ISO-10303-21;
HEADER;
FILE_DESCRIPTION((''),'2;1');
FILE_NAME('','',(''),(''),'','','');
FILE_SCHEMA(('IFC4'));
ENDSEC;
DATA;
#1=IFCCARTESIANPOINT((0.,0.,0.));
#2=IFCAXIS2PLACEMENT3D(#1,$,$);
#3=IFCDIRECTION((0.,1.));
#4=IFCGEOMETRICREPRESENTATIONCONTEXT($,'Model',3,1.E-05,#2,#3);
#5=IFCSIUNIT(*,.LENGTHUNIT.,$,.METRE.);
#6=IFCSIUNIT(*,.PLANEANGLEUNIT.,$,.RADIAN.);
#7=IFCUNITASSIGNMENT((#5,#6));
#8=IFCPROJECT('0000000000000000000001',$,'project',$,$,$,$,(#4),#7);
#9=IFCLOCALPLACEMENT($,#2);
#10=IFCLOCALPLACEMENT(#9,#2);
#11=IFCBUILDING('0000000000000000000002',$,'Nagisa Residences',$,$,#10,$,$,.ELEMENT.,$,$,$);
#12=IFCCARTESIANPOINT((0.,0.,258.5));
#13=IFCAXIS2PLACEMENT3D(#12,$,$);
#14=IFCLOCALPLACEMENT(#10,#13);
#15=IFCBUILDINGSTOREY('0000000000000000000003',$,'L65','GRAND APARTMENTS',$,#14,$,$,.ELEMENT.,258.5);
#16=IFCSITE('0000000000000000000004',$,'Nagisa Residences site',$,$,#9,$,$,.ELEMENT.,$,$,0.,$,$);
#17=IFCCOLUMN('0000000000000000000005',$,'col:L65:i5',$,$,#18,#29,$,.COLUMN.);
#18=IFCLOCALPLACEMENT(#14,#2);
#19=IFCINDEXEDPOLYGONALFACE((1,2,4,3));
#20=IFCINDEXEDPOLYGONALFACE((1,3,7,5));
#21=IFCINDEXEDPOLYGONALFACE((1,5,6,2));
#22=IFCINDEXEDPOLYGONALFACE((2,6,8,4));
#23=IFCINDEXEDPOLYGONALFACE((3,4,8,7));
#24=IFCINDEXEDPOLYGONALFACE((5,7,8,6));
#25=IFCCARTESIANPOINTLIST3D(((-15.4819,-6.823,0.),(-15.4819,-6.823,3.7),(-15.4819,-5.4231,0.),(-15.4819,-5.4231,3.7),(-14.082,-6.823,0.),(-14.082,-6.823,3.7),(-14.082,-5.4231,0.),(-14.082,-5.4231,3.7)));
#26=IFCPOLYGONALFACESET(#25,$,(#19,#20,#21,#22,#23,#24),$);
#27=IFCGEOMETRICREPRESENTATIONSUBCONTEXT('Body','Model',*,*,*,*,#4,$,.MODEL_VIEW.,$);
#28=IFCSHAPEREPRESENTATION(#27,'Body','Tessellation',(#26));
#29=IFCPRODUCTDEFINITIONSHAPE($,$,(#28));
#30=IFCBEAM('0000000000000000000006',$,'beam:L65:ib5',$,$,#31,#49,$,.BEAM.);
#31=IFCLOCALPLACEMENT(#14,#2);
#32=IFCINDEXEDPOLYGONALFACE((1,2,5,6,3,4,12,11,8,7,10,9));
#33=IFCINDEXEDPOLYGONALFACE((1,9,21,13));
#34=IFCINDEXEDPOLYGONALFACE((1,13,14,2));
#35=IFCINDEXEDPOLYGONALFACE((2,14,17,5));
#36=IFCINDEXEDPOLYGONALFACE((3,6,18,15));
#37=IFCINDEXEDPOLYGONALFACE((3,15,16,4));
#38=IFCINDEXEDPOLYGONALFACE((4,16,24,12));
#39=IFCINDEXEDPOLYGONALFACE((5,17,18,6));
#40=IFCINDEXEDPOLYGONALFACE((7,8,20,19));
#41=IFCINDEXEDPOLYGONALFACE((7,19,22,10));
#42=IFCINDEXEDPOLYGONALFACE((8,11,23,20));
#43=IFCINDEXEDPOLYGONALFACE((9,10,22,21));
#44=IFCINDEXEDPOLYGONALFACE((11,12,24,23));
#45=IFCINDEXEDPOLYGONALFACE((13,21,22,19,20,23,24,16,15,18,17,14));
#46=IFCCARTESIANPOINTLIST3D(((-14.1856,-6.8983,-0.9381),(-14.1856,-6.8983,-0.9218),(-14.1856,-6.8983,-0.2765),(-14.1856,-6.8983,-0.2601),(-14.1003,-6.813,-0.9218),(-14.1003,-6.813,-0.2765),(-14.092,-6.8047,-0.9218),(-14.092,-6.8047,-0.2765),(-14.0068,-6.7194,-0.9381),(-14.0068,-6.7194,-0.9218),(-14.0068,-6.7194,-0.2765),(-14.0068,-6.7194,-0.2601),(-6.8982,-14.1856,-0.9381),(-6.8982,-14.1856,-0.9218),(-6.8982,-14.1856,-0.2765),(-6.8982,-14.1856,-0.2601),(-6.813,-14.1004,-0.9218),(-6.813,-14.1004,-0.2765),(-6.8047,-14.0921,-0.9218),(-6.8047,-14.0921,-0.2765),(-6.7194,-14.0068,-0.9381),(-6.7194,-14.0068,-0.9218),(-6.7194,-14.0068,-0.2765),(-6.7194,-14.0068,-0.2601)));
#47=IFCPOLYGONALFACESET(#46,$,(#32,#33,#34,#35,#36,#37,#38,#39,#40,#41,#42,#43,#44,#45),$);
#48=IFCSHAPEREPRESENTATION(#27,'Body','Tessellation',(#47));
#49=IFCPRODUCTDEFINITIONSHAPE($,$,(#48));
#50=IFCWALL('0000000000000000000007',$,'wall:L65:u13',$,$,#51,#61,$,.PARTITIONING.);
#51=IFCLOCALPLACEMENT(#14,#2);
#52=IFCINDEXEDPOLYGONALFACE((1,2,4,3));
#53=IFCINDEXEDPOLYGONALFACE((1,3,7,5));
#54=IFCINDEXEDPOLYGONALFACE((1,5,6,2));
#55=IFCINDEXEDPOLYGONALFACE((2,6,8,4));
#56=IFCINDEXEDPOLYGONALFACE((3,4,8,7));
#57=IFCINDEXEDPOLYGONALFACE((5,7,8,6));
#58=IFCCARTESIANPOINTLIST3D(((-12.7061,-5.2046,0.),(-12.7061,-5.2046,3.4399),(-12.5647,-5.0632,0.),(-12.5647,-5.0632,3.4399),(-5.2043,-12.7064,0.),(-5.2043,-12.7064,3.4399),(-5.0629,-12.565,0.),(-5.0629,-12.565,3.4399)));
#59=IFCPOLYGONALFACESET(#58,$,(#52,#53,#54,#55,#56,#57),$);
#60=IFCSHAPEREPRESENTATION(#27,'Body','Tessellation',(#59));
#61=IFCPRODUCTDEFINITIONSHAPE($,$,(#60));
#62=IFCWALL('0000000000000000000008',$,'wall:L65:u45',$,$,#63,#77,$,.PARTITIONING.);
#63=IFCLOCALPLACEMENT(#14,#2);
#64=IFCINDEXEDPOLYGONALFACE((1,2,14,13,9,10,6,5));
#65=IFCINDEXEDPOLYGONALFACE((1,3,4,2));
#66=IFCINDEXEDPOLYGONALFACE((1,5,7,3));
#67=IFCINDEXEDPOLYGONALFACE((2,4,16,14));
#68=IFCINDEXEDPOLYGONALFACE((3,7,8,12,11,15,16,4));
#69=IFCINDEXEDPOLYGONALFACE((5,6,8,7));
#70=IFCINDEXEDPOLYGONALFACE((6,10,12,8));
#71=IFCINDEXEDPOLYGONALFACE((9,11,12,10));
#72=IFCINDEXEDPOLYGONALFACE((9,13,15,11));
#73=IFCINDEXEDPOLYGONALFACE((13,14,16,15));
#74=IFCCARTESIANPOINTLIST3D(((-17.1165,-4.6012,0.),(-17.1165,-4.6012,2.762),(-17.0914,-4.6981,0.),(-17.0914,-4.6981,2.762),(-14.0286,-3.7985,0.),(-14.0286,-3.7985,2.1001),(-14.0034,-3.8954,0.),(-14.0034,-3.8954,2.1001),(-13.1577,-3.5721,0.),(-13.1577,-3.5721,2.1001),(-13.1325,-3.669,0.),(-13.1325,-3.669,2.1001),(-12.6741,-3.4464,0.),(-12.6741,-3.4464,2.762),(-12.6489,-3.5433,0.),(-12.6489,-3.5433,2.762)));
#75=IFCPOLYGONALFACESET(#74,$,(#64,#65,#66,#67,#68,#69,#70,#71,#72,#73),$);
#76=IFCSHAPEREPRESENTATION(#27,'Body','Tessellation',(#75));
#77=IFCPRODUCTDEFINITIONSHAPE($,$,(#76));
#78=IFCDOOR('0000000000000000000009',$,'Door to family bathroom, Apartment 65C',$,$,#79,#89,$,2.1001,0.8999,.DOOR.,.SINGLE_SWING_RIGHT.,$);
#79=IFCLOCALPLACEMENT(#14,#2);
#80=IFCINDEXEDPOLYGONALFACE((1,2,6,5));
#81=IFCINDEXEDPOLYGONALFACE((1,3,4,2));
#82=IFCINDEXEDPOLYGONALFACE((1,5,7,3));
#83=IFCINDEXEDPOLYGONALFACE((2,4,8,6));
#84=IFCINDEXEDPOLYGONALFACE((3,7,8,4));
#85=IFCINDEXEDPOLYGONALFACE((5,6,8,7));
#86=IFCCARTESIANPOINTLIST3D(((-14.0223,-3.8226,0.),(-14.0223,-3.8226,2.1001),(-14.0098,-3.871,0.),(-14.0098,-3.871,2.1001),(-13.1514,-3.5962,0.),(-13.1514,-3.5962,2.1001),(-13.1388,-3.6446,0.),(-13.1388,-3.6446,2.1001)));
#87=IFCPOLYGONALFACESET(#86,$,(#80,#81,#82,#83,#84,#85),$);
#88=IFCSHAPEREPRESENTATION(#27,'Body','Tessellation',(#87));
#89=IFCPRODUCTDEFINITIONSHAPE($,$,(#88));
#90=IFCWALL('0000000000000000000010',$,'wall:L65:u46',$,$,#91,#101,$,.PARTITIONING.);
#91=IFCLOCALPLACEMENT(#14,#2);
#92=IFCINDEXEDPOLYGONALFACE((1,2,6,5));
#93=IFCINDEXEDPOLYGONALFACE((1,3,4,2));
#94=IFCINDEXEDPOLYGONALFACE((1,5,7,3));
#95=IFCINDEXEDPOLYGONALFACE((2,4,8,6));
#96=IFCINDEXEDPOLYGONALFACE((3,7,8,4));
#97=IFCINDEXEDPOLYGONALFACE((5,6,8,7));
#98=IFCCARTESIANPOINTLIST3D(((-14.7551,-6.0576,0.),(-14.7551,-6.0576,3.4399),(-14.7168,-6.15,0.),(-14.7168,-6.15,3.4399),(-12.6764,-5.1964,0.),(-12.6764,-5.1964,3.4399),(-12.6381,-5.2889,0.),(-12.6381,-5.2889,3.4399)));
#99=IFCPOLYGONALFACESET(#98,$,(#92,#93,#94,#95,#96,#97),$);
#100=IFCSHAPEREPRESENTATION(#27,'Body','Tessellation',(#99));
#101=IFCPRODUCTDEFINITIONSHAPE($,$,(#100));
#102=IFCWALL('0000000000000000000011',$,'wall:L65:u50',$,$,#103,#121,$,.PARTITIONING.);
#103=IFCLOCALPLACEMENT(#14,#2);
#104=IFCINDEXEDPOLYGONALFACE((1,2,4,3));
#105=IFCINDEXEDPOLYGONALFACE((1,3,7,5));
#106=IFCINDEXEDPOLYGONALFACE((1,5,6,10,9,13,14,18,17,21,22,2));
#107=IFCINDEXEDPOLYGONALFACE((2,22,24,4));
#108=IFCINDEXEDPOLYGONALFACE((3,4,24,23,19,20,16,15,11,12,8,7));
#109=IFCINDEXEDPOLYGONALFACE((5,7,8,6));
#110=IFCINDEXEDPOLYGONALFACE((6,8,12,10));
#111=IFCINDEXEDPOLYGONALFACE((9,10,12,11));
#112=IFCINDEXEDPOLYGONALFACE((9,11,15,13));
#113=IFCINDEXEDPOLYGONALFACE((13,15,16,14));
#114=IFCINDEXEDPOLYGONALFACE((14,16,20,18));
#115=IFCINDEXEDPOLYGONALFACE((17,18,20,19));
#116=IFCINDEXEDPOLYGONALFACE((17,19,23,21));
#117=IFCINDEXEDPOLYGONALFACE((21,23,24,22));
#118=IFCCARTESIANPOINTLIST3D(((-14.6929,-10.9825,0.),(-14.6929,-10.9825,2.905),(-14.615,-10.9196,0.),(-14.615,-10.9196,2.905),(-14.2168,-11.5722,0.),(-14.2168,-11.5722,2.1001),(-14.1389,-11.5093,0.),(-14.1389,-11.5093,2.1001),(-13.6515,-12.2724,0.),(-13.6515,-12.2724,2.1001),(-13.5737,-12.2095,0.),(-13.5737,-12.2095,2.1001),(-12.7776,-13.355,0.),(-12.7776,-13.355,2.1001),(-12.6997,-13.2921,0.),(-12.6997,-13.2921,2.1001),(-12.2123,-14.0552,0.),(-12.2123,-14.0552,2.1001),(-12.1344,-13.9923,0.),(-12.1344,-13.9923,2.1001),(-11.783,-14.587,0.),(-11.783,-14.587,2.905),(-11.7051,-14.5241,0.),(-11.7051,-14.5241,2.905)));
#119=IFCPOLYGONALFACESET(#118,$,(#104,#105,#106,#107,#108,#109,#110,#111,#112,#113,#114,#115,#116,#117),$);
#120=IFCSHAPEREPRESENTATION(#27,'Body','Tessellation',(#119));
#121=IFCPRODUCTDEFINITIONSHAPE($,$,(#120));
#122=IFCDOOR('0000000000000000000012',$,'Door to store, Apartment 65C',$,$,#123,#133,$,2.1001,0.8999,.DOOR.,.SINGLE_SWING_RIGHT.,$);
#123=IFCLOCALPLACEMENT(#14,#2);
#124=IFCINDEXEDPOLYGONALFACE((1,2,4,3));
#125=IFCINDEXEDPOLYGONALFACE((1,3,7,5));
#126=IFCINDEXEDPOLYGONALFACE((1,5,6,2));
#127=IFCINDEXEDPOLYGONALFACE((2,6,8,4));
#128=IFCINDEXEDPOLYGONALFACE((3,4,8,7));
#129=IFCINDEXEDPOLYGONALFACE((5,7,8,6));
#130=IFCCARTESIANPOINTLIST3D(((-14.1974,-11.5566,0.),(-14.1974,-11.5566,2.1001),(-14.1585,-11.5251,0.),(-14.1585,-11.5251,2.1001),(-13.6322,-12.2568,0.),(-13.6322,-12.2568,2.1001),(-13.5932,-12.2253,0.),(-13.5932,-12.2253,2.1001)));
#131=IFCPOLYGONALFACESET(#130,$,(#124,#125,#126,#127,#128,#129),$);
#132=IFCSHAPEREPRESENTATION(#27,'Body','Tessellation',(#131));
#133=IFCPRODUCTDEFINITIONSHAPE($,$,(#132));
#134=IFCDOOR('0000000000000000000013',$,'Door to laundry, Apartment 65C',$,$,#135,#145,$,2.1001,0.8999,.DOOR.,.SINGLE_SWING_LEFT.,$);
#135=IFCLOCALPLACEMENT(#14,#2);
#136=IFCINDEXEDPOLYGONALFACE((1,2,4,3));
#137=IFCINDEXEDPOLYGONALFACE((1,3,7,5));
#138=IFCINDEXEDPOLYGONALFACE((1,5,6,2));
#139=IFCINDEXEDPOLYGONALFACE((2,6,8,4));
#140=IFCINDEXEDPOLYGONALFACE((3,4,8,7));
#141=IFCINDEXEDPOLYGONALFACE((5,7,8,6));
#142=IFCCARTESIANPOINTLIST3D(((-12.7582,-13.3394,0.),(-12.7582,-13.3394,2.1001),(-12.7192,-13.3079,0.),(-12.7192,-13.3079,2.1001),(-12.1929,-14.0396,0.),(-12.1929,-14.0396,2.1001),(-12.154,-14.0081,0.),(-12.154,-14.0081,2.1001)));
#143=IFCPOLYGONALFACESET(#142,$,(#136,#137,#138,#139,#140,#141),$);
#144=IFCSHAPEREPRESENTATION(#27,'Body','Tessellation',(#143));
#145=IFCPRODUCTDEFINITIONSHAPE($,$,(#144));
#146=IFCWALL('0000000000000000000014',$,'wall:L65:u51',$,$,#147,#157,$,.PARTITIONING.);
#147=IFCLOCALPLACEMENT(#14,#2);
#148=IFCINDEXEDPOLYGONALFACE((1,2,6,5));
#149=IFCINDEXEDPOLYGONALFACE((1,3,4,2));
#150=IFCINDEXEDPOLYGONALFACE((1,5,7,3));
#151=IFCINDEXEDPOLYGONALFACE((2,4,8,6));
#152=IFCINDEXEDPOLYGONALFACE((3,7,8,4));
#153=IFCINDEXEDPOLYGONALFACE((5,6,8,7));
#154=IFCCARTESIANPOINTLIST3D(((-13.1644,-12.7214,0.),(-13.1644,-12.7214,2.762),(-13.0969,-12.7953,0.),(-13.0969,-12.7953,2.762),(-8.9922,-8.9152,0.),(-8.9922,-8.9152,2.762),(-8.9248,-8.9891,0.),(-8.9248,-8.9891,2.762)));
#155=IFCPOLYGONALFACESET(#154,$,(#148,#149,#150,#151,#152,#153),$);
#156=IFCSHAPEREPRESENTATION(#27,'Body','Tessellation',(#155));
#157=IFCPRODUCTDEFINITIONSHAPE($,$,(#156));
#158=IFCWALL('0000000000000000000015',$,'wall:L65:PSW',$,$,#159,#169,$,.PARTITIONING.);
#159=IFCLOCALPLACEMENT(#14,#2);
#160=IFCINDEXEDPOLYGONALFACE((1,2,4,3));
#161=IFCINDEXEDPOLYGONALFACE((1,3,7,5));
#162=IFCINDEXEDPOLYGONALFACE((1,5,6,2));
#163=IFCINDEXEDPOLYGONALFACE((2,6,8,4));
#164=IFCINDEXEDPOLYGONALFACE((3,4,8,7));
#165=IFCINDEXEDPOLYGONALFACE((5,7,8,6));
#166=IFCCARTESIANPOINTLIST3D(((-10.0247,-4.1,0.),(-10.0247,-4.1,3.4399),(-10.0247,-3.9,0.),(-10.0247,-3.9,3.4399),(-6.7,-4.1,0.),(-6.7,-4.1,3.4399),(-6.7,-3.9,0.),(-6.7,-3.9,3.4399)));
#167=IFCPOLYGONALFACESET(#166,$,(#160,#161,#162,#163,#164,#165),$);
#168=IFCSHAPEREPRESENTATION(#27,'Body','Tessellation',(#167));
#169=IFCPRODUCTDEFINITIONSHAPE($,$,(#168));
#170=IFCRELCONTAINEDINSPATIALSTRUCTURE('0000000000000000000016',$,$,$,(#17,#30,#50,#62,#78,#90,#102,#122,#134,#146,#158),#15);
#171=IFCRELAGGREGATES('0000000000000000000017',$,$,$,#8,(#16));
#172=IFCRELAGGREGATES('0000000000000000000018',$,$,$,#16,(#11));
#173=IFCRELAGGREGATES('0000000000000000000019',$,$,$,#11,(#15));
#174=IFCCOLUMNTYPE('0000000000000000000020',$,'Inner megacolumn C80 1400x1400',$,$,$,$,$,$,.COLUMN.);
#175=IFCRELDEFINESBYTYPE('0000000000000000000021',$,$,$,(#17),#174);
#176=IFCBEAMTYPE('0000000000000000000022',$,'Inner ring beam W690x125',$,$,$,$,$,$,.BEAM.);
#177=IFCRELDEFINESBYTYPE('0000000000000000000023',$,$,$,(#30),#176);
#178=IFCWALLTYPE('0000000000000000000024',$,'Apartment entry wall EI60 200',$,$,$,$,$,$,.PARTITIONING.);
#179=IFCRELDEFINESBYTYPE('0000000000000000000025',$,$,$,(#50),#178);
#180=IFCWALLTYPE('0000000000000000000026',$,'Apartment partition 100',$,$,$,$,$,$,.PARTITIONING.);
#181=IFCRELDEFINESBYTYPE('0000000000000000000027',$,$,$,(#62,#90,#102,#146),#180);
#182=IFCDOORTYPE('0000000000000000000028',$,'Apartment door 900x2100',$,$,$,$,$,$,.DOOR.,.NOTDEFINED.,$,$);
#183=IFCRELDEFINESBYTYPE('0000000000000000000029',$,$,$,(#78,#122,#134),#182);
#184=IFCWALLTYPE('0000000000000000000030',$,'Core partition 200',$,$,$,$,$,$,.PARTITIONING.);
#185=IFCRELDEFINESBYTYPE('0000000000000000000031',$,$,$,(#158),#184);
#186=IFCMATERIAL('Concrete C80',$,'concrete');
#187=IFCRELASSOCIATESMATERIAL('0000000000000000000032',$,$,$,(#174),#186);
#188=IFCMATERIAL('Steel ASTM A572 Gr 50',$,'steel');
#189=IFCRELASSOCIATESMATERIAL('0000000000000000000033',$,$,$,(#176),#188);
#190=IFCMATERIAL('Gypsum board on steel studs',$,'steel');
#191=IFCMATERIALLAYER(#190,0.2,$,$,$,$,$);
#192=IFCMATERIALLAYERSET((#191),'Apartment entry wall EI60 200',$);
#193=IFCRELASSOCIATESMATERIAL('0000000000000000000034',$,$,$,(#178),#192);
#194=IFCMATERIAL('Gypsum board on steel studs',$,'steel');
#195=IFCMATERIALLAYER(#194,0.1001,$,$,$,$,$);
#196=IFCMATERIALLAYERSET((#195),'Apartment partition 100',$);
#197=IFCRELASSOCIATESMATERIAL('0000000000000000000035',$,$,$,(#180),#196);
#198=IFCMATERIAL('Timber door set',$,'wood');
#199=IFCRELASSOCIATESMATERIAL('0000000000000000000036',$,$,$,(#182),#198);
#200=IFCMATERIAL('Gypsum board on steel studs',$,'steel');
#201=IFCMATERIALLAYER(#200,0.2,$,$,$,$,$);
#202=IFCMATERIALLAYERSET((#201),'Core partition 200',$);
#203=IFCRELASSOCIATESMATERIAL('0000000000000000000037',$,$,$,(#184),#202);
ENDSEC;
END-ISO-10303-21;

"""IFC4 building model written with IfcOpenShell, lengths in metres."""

from ifc_helpers import new_model, si_unit, direction, frame, frame_2d, origin, origin_2d, place, context, subcontext, project, spatial, rectangle, i_section, extrude, material, layer, layer_set, material_profile, profile_set, type_object, element, fill, save


model = new_model("IFC4")

# Units and contexts
model_context = context("Model", 3, precision=1e-05, world=origin(), true_north=direction((0.0, 1.0)))
body_context = subcontext(model_context, "Body", "Model", "MODEL_VIEW")
ifc_project = project(units=[si_unit("LENGTHUNIT", "METRE"), si_unit("PLANEANGLEUNIT", "RADIAN")], contexts=[model_context])

# Site, building, storey
site_placement = place(None, origin())
site = spatial("IfcSite", under=ifc_project, at=site_placement, Name="Nagisa Residences site", CompositionType="ELEMENT", RefElevation=0.0)
building_placement = place(site_placement, origin())
building = spatial("IfcBuilding", under=site, at=building_placement, Name="Nagisa Residences", CompositionType="ELEMENT")
storey_placement = place(building_placement, frame((0.0, 0.0, 258.5)))
storey = spatial("IfcBuildingStorey", under=building, at=storey_placement, Name="L65", Description="GRAND APARTMENTS", CompositionType="ELEMENT", Elevation=258.5)

# Column
ifc_material_1 = material(Name="Concrete C80", Category="concrete")
ifc_material_profile_1 = material_profile(ifc_material_1, rectangle(XDim=1.3999, YDim=1.3999, at=origin_2d()), Name="C80 1400x1400")
ifc_profile_set_1 = profile_set([ifc_material_profile_1], Name="Concrete C80")
column_type = type_object("IfcColumnType", Name="Inner megacolumn C80 1400x1400", PredefinedType="COLUMN", material=ifc_profile_set_1)
column_placement = place(storey_placement, frame((-14.782, -6.123, 0.0), z_axis=(0.0, 0.0, 1.0), x_axis=(1.0, 0.0, 0.0)))
element("IfcColumn", 1, at=column_placement, inside=storey, type_object=column_type, Name="col:L65:i5", PredefinedType="COLUMN", context=body_context, shape_type="SweptSolid", body=[
    extrude(rectangle(XDim=1.3999, YDim=1.3999, at=origin_2d()), origin(), (0.0, 0.0, 1.0), 3.7),
])

# Beam
ifc_material_2 = material(Name="Steel ASTM A572 Gr 50", Category="steel")
ifc_material_profile_2 = material_profile(ifc_material_2, i_section(OverallWidth=0.2529, OverallDepth=0.678, WebThickness=0.0117, FlangeThickness=0.0164, at=origin_2d()), Name="W690x125")
ifc_profile_set_2 = profile_set([ifc_material_profile_2], Name="Steel ASTM A572 Gr 50")
beam_type = type_object("IfcBeamType", Name="Inner ring beam W690x125", PredefinedType="BEAM", material=ifc_profile_set_2)
beam_placement = place(storey_placement, frame((-14.0962, -6.8088, -0.5991), z_axis=(0.707107, -0.707107, 0.0), x_axis=(0.707107, 0.707107, 0.0)))
element("IfcBeam", 2, at=beam_placement, inside=storey, type_object=beam_type, Name="beam:L65:ib5", PredefinedType="BEAM", context=body_context, shape_type="SweptSolid", body=[
    extrude(i_section(OverallWidth=0.2529, OverallDepth=0.678, WebThickness=0.0117, FlangeThickness=0.0164, at=origin_2d()), origin(), (0.0, 0.0, 1.0), 10.3059),
])

# Wall
ifc_material_3 = material(Name="Gypsum board on steel studs", Category="steel")
ifc_layer_1 = layer(ifc_material_3, 0.2)
ifc_layer_set_1 = layer_set([ifc_layer_1], Name="Apartment entry wall EI60 200")
wall_type_1 = type_object("IfcWallType", Name="Apartment entry wall EI60 200", PredefinedType="PARTITIONING", material=ifc_layer_set_1)
wall_1_placement = place(storey_placement, frame((-12.6355, -5.1338, 0.0), z_axis=(0.0, 0.0, 1.0), x_axis=(0.707107, -0.707107, 0.0)))
element("IfcWall", 3, at=wall_1_placement, inside=storey, type_object=wall_type_1, Name="wall:L65:u13", PredefinedType="PARTITIONING", context=body_context, shape_type="SweptSolid", body=[
    extrude(rectangle(XDim=10.6091, YDim=0.2, at=frame_2d((5.3047, 0.0))), origin(), (0.0, 0.0, 1.0), 3.4399),
])

# Wall, opening, door
ifc_material_4 = material(Name="Gypsum board on steel studs", Category="steel")
ifc_layer_2 = layer(ifc_material_4, 0.1001)
ifc_layer_set_2 = layer_set([ifc_layer_2], Name="Apartment partition 100")
wall_type_2 = type_object("IfcWallType", Name="Apartment partition 100", PredefinedType="PARTITIONING", material=ifc_layer_set_2)
wall_2_placement = place(storey_placement, frame((-12.6616, -3.4949, 0.0), z_axis=(0.0, 0.0, 1.0), x_axis=(-0.967835, -0.251586, 0.0)))
wall_2 = element("IfcWall", 4, at=wall_2_placement, inside=storey, type_object=wall_type_2, Name="wall:L65:u45", PredefinedType="PARTITIONING", context=body_context, shape_type="SweptSolid", body=[
    extrude(rectangle(XDim=4.5901, YDim=0.1001, at=frame_2d((2.2949, 0.0))), origin(), (0.0, 0.0, 1.0), 2.762),
])
opening_1_placement = place(wall_2_placement, frame((0.4995, 0.0, 0.0)))
opening_1 = element("IfcOpeningElement", 5, at=opening_1_placement, cuts=wall_2, PredefinedType="OPENING", context=body_context, shape_type="SweptSolid", body=[
    extrude(rectangle(XDim=0.8999, YDim=2.1001, at=frame_2d((0.45, 1.05))), frame((0.0, 0.0601, 0.0), z_axis=(0.0, -1.0, 0.0), x_axis=(1.0, 0.0, 0.0)), (0.0, 0.0, 1.0), 0.1201),
])
ifc_material_5 = material(Name="Timber door set", Category="wood")
door_type_1 = type_object("IfcDoorType", Name="Apartment door 900x2100", OperationType="NOTDEFINED", PredefinedType="DOOR", material=ifc_material_5)
door_1_placement = place(opening_1_placement, origin())
door_1 = element("IfcDoor", 6, at=door_1_placement, inside=storey, type_object=door_type_1, Name="Door to family bathroom, Apartment 65C", OperationType="SINGLE_SWING_RIGHT", OverallHeight=2.1001, OverallWidth=0.8999, PredefinedType="DOOR", context=body_context, shape_type="SweptSolid", body=[
    extrude(rectangle(XDim=0.8999, YDim=2.1001, at=frame_2d((0.45, 1.05))), frame((0.0, 0.0249, 0.0), z_axis=(0.0, -1.0, 0.0), x_axis=(1.0, 0.0, 0.0)), (0.0, 0.0, 1.0), 0.05),
])
fill(opening_1, door_1)

# Wall
wall_3_placement = place(storey_placement, frame((-12.6572, -5.2427, 0.0), z_axis=(0.0, 0.0, 1.0), x_axis=(-0.923865, -0.382719, 0.0)))
element("IfcWall", 7, at=wall_3_placement, inside=storey, type_object=wall_type_2, Name="wall:L65:u46", PredefinedType="PARTITIONING", context=body_context, shape_type="SweptSolid", body=[
    extrude(rectangle(XDim=2.25, YDim=0.1001, at=frame_2d((1.125, 0.0))), origin(), (0.0, 0.0, 1.0), 3.4399),
])

# Wall, openings, doors
wall_4_placement = place(storey_placement, frame((-14.6541, -10.9509, 0.0), z_axis=(0.0, 0.0, 1.0), x_axis=(0.628153, -0.77809, 0.0)))
wall_4 = element("IfcWall", 8, at=wall_4_placement, inside=storey, type_object=wall_type_2, Name="wall:L65:u50", PredefinedType="PARTITIONING", context=body_context, shape_type="SweptSolid", body=[
    extrude(rectangle(XDim=4.6326, YDim=0.1001, at=frame_2d((2.3164, 0.0))), origin(), (0.0, 0.0, 1.0), 2.905),
])
opening_2_placement = place(wall_4_placement, frame((0.7581, 0.0, 0.0)))
opening_2 = element("IfcOpeningElement", 9, at=opening_2_placement, cuts=wall_4, PredefinedType="OPENING", context=body_context, shape_type="SweptSolid", body=[
    extrude(rectangle(XDim=0.8999, YDim=2.1001, at=frame_2d((0.45, 1.05))), frame((0.0, 0.0601, 0.0), z_axis=(0.0, -1.0, 0.0), x_axis=(1.0, 0.0, 0.0)), (0.0, 0.0, 1.0), 0.1201),
])
opening_3_placement = place(wall_4_placement, frame((3.0493, 0.0, 0.0)))
opening_3 = element("IfcOpeningElement", 10, at=opening_3_placement, cuts=wall_4, PredefinedType="OPENING", context=body_context, shape_type="SweptSolid", body=[
    extrude(rectangle(XDim=0.8999, YDim=2.1001, at=frame_2d((0.45, 1.05))), frame((0.0, 0.0601, 0.0), z_axis=(0.0, -1.0, 0.0), x_axis=(1.0, 0.0, 0.0)), (0.0, 0.0, 1.0), 0.1201),
])
door_2_placement = place(opening_2_placement, origin())
door_2 = element("IfcDoor", 11, at=door_2_placement, inside=storey, type_object=door_type_1, Name="Door to store, Apartment 65C", OperationType="SINGLE_SWING_RIGHT", OverallHeight=2.1001, OverallWidth=0.8999, PredefinedType="DOOR", context=body_context, shape_type="SweptSolid", body=[
    extrude(rectangle(XDim=0.8999, YDim=2.1001, at=frame_2d((0.45, 1.05))), frame((0.0, 0.0249, 0.0), z_axis=(0.0, -1.0, 0.0), x_axis=(1.0, 0.0, 0.0)), (0.0, 0.0, 1.0), 0.05),
])
fill(opening_2, door_2)
door_3_placement = place(opening_3_placement, origin())
door_3 = element("IfcDoor", 12, at=door_3_placement, inside=storey, type_object=door_type_1, Name="Door to laundry, Apartment 65C", OperationType="SINGLE_SWING_LEFT", OverallHeight=2.1001, OverallWidth=0.8999, PredefinedType="DOOR", context=body_context, shape_type="SweptSolid", body=[
    extrude(rectangle(XDim=0.8999, YDim=2.1001, at=frame_2d((0.45, 1.05))), frame((0.0, 0.0249, 0.0), z_axis=(0.0, -1.0, 0.0), x_axis=(1.0, 0.0, 0.0)), (0.0, 0.0, 1.0), 0.05),
])
fill(opening_3, door_3)

# Walls
wall_5_placement = place(storey_placement, frame((-8.9585, -8.9521, 0.0), z_axis=(0.0, 0.0, 1.0), x_axis=(-0.738765, -0.673963, 0.0)))
element("IfcWall", 13, at=wall_5_placement, inside=storey, type_object=wall_type_2, Name="wall:L65:u51", PredefinedType="PARTITIONING", context=body_context, shape_type="SweptSolid", body=[
    extrude(rectangle(XDim=5.6475, YDim=0.1001, at=frame_2d((2.8237, 0.0))), origin(), (0.0, 0.0, 1.0), 2.762),
])
ifc_material_6 = material(Name="Gypsum board on steel studs", Category="steel")
ifc_layer_3 = layer(ifc_material_6, 0.2)
ifc_layer_set_3 = layer_set([ifc_layer_3], Name="Core partition 200")
wall_type_3 = type_object("IfcWallType", Name="Core partition 200", PredefinedType="PARTITIONING", material=ifc_layer_set_3)
wall_6_placement = place(storey_placement, frame((-10.0247, -4.0, 0.0), z_axis=(0.0, 0.0, 1.0), x_axis=(1.0, 0.0, 0.0)))
element("IfcWall", 14, at=wall_6_placement, inside=storey, type_object=wall_type_3, Name="wall:L65:PSW", PredefinedType="PARTITIONING", context=body_context, shape_type="SweptSolid", body=[
    extrude(rectangle(XDim=3.3247, YDim=0.2, at=frame_2d((1.6624, 0.0))), origin(), (0.0, 0.0, 1.0), 3.4399),
])

save(model, "model.ifc")
